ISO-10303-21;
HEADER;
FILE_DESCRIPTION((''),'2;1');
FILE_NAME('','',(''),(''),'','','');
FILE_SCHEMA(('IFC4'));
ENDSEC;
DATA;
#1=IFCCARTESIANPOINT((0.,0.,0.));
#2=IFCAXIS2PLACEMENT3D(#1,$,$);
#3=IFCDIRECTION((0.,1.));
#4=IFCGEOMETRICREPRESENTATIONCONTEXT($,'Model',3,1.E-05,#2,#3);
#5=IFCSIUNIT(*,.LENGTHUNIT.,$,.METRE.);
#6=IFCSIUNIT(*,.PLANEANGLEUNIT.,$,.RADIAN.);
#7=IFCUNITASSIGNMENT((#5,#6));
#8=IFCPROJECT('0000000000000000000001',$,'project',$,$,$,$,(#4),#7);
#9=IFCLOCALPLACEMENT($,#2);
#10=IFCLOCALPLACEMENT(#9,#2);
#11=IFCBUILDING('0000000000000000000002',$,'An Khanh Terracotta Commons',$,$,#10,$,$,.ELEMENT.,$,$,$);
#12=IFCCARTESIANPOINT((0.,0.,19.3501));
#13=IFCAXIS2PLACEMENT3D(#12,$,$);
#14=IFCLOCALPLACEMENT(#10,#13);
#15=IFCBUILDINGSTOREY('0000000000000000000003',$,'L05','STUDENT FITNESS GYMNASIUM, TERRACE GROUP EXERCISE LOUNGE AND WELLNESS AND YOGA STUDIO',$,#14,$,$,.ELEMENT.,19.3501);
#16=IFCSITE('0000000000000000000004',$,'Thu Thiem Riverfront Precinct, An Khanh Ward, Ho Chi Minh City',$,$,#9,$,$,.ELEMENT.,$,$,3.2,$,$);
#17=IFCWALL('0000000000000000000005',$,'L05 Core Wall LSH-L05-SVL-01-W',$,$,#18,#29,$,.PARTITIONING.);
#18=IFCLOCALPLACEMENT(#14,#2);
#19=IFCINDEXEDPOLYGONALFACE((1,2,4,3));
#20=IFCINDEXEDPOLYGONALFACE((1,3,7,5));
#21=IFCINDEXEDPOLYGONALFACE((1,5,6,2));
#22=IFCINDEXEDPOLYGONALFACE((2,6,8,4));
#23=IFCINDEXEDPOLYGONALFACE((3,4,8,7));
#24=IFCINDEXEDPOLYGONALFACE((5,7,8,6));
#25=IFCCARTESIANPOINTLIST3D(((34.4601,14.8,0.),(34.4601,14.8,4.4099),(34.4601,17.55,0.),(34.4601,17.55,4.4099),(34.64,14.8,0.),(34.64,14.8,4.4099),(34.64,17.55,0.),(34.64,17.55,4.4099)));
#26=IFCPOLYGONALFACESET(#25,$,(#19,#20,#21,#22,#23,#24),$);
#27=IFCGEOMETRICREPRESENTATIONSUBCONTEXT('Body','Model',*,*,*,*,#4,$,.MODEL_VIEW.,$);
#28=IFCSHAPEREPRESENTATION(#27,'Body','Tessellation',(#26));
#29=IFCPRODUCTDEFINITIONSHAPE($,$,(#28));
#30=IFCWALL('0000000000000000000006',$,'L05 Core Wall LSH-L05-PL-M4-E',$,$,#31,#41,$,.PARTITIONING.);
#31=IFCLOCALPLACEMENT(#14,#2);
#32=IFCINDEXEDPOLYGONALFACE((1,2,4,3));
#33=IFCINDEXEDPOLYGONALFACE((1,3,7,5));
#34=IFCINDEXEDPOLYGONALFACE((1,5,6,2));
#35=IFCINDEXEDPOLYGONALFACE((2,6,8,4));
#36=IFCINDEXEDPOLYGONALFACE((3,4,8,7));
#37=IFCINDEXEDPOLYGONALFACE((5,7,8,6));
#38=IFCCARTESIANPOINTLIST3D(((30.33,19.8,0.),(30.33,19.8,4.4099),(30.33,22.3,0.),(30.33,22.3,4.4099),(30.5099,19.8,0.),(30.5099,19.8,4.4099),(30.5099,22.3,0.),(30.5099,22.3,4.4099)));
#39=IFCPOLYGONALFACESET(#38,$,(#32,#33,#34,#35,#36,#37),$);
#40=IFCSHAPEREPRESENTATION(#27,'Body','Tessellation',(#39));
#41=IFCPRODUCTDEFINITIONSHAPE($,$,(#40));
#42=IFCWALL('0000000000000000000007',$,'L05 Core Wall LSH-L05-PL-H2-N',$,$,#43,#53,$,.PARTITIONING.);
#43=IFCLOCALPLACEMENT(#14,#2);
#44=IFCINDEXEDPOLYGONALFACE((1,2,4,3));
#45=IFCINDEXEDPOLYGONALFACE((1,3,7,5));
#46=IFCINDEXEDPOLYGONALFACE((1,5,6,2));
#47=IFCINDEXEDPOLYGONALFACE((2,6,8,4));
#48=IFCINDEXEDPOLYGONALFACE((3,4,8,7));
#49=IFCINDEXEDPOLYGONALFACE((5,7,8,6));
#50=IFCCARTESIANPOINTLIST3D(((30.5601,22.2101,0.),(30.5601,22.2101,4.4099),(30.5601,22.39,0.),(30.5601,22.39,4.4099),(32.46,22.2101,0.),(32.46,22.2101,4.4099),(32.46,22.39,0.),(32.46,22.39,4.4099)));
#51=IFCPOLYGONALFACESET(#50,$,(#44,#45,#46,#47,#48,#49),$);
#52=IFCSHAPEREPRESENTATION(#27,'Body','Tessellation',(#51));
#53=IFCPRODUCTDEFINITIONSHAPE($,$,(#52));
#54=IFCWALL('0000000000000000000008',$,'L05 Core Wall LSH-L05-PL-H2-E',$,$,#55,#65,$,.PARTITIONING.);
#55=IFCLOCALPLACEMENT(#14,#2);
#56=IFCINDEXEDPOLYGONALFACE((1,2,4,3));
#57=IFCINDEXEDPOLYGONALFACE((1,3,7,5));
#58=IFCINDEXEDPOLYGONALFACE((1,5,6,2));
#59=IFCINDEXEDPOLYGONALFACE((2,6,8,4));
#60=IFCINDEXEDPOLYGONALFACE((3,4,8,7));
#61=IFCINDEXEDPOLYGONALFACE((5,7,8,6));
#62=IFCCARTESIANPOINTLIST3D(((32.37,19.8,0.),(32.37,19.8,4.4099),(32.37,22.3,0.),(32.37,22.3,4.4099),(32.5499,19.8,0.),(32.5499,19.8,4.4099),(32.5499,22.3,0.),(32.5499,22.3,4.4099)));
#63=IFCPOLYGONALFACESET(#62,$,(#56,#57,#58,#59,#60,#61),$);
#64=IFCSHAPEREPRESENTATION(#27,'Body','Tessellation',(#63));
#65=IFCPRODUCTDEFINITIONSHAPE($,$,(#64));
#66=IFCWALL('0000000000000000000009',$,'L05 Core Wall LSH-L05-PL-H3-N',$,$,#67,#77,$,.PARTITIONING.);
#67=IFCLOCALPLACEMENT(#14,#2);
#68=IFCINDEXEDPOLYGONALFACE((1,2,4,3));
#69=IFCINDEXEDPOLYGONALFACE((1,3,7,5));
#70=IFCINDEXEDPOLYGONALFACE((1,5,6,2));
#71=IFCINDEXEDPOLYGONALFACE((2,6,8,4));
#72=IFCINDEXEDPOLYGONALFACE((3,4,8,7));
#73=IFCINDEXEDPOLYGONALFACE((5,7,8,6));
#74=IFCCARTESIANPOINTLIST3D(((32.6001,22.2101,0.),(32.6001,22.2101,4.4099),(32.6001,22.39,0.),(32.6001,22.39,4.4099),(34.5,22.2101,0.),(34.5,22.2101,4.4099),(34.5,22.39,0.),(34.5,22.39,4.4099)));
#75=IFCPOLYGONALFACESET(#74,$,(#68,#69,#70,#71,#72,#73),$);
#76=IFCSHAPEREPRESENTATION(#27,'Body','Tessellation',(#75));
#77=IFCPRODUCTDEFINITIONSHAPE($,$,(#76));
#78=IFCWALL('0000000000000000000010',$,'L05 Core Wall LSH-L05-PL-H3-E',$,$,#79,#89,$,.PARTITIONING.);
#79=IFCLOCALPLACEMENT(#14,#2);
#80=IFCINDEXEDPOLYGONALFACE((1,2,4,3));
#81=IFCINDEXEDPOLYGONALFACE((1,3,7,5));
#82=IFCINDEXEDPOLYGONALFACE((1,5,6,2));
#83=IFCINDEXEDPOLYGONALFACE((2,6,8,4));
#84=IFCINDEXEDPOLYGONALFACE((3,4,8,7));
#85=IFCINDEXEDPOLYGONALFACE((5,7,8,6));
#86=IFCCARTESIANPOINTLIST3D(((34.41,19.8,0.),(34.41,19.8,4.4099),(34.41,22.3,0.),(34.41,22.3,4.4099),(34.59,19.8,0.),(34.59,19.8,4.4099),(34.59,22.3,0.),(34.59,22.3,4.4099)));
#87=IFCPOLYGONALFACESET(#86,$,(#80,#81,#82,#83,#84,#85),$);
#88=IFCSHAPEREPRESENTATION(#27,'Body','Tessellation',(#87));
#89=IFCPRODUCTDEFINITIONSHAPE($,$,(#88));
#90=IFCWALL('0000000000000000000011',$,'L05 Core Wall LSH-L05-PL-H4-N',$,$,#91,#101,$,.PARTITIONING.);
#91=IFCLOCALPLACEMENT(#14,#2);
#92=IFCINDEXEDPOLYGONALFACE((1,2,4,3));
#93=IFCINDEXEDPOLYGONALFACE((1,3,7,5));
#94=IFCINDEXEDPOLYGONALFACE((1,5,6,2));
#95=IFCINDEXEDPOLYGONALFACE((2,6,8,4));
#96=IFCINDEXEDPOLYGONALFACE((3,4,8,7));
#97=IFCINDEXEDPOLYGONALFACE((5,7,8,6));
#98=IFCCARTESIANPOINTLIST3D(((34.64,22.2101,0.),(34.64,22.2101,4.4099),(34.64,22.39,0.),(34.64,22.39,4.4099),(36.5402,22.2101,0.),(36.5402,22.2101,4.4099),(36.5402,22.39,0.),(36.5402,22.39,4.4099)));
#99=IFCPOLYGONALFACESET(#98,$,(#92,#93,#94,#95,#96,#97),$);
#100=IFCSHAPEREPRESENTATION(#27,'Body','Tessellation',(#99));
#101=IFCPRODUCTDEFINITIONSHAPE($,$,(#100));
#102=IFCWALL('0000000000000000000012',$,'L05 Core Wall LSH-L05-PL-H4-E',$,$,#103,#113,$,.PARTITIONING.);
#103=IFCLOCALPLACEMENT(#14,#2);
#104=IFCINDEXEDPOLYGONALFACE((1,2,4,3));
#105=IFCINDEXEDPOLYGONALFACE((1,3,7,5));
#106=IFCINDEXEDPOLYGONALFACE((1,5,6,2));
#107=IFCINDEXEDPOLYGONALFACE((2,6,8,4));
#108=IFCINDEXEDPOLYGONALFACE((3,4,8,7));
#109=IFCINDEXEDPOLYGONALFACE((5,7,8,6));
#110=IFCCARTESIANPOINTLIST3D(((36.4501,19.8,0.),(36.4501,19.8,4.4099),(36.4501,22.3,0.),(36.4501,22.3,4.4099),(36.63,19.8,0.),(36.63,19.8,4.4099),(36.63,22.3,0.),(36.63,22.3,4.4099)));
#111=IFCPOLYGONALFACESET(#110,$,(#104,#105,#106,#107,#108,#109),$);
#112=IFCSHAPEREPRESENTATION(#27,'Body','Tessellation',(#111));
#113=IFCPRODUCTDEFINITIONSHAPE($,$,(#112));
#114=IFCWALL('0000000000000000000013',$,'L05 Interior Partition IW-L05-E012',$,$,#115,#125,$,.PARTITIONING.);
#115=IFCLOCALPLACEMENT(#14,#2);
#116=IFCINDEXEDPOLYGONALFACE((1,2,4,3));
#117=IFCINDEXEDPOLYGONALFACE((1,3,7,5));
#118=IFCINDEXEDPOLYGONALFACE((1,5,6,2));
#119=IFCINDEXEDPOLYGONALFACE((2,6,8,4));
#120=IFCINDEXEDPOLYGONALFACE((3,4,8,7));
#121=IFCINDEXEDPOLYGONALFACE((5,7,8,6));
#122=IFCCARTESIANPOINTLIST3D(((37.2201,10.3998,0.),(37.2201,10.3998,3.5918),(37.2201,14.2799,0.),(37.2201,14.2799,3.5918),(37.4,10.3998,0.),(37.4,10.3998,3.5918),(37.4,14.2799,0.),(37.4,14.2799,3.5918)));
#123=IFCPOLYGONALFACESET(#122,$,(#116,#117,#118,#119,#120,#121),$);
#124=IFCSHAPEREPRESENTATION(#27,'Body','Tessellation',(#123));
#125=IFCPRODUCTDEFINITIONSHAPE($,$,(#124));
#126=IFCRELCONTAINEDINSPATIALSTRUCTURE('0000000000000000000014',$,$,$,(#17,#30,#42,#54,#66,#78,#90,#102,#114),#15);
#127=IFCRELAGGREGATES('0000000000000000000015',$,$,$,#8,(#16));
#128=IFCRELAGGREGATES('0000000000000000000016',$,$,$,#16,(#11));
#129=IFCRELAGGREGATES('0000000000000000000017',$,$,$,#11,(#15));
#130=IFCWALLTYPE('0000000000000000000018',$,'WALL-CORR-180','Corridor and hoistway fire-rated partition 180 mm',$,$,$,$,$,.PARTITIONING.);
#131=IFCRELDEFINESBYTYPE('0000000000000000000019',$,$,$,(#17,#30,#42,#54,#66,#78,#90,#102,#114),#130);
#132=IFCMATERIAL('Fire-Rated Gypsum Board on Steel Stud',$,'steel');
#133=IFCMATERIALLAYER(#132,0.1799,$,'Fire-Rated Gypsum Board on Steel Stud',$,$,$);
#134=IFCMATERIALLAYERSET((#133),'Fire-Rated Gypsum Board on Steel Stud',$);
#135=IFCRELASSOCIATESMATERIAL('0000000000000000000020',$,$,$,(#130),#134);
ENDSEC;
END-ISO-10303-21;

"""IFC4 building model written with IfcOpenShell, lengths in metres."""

from ifc_helpers import new_model, si_unit, direction, frame, frame_2d, origin, place, context, subcontext, project, spatial, rectangle, extrude, material, layer, layer_set, type_object, element, save


model = new_model("IFC4")

# Units and contexts
model_context = context("Model", 3, precision=1e-05, world=origin(), true_north=direction((0.0, 1.0)))
body_context = subcontext(model_context, "Body", "Model", "MODEL_VIEW")
ifc_project = project(units=[si_unit("LENGTHUNIT", "METRE"), si_unit("PLANEANGLEUNIT", "RADIAN")], contexts=[model_context])

# Site, building, storey
site_placement = place(None, origin())
site = spatial("IfcSite", under=ifc_project, at=site_placement, Name="Thu Thiem Riverfront Precinct, An Khanh Ward, Ho Chi Minh City", CompositionType="ELEMENT", RefElevation=3.2)
building_placement = place(site_placement, origin())
building = spatial("IfcBuilding", under=site, at=building_placement, Name="An Khanh Terracotta Commons", CompositionType="ELEMENT")
storey_placement = place(building_placement, frame((0.0, 0.0, 19.3501)))
storey = spatial("IfcBuildingStorey", under=building, at=storey_placement, Name="L05", Description="STUDENT FITNESS GYMNASIUM, TERRACE GROUP EXERCISE LOUNGE AND WELLNESS AND YOGA STUDIO", CompositionType="ELEMENT", Elevation=19.3501)

# Shared definitions
ifc_material_1 = material(Name="Fire-Rated Gypsum Board on Steel Stud", Category="steel")
ifc_layer_1 = layer(ifc_material_1, 0.1799, Name="Fire-Rated Gypsum Board on Steel Stud")
ifc_layer_set_1 = layer_set([ifc_layer_1], Name="Fire-Rated Gypsum Board on Steel Stud")
wall_type_1 = type_object("IfcWallType", Name="WALL-CORR-180", Description="Corridor and hoistway fire-rated partition 180 mm", PredefinedType="PARTITIONING", material=ifc_layer_set_1)

# Walls
wall_1_placement = place(storey_placement, frame((34.55, 17.55, 0.0), z_axis=(0.0, 0.0, 1.0), x_axis=(0.0, -1.0, 0.0)))
element("IfcWall", 1, at=wall_1_placement, inside=storey, type_object=wall_type_1, Name="L05 Core Wall LSH-L05-SVL-01-W", PredefinedType="PARTITIONING", context=body_context, shape_type="SweptSolid", body=[
    extrude(rectangle(XDim=2.75, YDim=0.1799, at=frame_2d((1.375, 0.0))), origin(), (0.0, 0.0, 1.0), 4.4099),
])
wall_2_placement = place(storey_placement, frame((30.4199, 19.8, 0.0), z_axis=(0.0, 0.0, 1.0), x_axis=(0.0, 1.0, 0.0)))
element("IfcWall", 2, at=wall_2_placement, inside=storey, type_object=wall_type_1, Name="L05 Core Wall LSH-L05-PL-M4-E", PredefinedType="PARTITIONING", context=body_context, shape_type="SweptSolid", body=[
    extrude(rectangle(XDim=2.5, YDim=0.1799, at=frame_2d((1.25, 0.0))), origin(), (0.0, 0.0, 1.0), 4.4099),
])
wall_3_placement = place(storey_placement, frame((30.5601, 22.3, 0.0), z_axis=(0.0, 0.0, 1.0), x_axis=(1.0, 0.0, 0.0)))
element("IfcWall", 3, at=wall_3_placement, inside=storey, type_object=wall_type_1, Name="L05 Core Wall LSH-L05-PL-H2-N", PredefinedType="PARTITIONING", context=body_context, shape_type="SweptSolid", body=[
    extrude(rectangle(XDim=1.8999, YDim=0.1799, at=frame_2d((0.95, 0.0))), origin(), (0.0, 0.0, 1.0), 4.4099),
])
wall_4_placement = place(storey_placement, frame((32.46, 19.8, 0.0), z_axis=(0.0, 0.0, 1.0), x_axis=(0.0, 1.0, 0.0)))
element("IfcWall", 4, at=wall_4_placement, inside=storey, type_object=wall_type_1, Name="L05 Core Wall LSH-L05-PL-H2-E", PredefinedType="PARTITIONING", context=body_context, shape_type="SweptSolid", body=[
    extrude(rectangle(XDim=2.5, YDim=0.1799, at=frame_2d((1.25, 0.0))), origin(), (0.0, 0.0, 1.0), 4.4099),
])
wall_5_placement = place(storey_placement, frame((32.6001, 22.3, 0.0), z_axis=(0.0, 0.0, 1.0), x_axis=(1.0, 0.0, 0.0)))
element("IfcWall", 5, at=wall_5_placement, inside=storey, type_object=wall_type_1, Name="L05 Core Wall LSH-L05-PL-H3-N", PredefinedType="PARTITIONING", context=body_context, shape_type="SweptSolid", body=[
    extrude(rectangle(XDim=1.8999, YDim=0.1799, at=frame_2d((0.95, 0.0))), origin(), (0.0, 0.0, 1.0), 4.4099),
])
wall_6_placement = place(storey_placement, frame((34.5, 19.8, 0.0), z_axis=(0.0, 0.0, 1.0), x_axis=(0.0, 1.0, 0.0)))
element("IfcWall", 6, at=wall_6_placement, inside=storey, type_object=wall_type_1, Name="L05 Core Wall LSH-L05-PL-H3-E", PredefinedType="PARTITIONING", context=body_context, shape_type="SweptSolid", body=[
    extrude(rectangle(XDim=2.5, YDim=0.1799, at=frame_2d((1.25, 0.0))), origin(), (0.0, 0.0, 1.0), 4.4099),
])
wall_7_placement = place(storey_placement, frame((34.6399, 22.3, 0.0), z_axis=(0.0, 0.0, 1.0), x_axis=(1.0, 0.0, 0.0)))
element("IfcWall", 7, at=wall_7_placement, inside=storey, type_object=wall_type_1, Name="L05 Core Wall LSH-L05-PL-H4-N", PredefinedType="PARTITIONING", context=body_context, shape_type="SweptSolid", body=[
    extrude(rectangle(XDim=1.9001, YDim=0.1799, at=frame_2d((0.9502, 0.0))), origin(), (0.0, 0.0, 1.0), 4.4099),
])
wall_8_placement = place(storey_placement, frame((36.54, 19.8, 0.0), z_axis=(0.0, 0.0, 1.0), x_axis=(0.0, 1.0, 0.0)))
element("IfcWall", 8, at=wall_8_placement, inside=storey, type_object=wall_type_1, Name="L05 Core Wall LSH-L05-PL-H4-E", PredefinedType="PARTITIONING", context=body_context, shape_type="SweptSolid", body=[
    extrude(rectangle(XDim=2.5, YDim=0.1799, at=frame_2d((1.25, 0.0))), origin(), (0.0, 0.0, 1.0), 4.4099),
])
wall_9_placement = place(storey_placement, frame((37.3101, 10.3999, 0.0), z_axis=(0.0, 0.0, 1.0), x_axis=(0.0, 1.0, 0.0)))
element("IfcWall", 9, at=wall_9_placement, inside=storey, type_object=wall_type_1, Name="L05 Interior Partition IW-L05-E012", PredefinedType="PARTITIONING", context=body_context, shape_type="SweptSolid", body=[
    extrude(rectangle(XDim=3.8801, YDim=0.1799, at=frame_2d((1.9399, 0.0))), origin(), (0.0, 0.0, 1.0), 3.5918),
])

save(model, "model.ifc")
